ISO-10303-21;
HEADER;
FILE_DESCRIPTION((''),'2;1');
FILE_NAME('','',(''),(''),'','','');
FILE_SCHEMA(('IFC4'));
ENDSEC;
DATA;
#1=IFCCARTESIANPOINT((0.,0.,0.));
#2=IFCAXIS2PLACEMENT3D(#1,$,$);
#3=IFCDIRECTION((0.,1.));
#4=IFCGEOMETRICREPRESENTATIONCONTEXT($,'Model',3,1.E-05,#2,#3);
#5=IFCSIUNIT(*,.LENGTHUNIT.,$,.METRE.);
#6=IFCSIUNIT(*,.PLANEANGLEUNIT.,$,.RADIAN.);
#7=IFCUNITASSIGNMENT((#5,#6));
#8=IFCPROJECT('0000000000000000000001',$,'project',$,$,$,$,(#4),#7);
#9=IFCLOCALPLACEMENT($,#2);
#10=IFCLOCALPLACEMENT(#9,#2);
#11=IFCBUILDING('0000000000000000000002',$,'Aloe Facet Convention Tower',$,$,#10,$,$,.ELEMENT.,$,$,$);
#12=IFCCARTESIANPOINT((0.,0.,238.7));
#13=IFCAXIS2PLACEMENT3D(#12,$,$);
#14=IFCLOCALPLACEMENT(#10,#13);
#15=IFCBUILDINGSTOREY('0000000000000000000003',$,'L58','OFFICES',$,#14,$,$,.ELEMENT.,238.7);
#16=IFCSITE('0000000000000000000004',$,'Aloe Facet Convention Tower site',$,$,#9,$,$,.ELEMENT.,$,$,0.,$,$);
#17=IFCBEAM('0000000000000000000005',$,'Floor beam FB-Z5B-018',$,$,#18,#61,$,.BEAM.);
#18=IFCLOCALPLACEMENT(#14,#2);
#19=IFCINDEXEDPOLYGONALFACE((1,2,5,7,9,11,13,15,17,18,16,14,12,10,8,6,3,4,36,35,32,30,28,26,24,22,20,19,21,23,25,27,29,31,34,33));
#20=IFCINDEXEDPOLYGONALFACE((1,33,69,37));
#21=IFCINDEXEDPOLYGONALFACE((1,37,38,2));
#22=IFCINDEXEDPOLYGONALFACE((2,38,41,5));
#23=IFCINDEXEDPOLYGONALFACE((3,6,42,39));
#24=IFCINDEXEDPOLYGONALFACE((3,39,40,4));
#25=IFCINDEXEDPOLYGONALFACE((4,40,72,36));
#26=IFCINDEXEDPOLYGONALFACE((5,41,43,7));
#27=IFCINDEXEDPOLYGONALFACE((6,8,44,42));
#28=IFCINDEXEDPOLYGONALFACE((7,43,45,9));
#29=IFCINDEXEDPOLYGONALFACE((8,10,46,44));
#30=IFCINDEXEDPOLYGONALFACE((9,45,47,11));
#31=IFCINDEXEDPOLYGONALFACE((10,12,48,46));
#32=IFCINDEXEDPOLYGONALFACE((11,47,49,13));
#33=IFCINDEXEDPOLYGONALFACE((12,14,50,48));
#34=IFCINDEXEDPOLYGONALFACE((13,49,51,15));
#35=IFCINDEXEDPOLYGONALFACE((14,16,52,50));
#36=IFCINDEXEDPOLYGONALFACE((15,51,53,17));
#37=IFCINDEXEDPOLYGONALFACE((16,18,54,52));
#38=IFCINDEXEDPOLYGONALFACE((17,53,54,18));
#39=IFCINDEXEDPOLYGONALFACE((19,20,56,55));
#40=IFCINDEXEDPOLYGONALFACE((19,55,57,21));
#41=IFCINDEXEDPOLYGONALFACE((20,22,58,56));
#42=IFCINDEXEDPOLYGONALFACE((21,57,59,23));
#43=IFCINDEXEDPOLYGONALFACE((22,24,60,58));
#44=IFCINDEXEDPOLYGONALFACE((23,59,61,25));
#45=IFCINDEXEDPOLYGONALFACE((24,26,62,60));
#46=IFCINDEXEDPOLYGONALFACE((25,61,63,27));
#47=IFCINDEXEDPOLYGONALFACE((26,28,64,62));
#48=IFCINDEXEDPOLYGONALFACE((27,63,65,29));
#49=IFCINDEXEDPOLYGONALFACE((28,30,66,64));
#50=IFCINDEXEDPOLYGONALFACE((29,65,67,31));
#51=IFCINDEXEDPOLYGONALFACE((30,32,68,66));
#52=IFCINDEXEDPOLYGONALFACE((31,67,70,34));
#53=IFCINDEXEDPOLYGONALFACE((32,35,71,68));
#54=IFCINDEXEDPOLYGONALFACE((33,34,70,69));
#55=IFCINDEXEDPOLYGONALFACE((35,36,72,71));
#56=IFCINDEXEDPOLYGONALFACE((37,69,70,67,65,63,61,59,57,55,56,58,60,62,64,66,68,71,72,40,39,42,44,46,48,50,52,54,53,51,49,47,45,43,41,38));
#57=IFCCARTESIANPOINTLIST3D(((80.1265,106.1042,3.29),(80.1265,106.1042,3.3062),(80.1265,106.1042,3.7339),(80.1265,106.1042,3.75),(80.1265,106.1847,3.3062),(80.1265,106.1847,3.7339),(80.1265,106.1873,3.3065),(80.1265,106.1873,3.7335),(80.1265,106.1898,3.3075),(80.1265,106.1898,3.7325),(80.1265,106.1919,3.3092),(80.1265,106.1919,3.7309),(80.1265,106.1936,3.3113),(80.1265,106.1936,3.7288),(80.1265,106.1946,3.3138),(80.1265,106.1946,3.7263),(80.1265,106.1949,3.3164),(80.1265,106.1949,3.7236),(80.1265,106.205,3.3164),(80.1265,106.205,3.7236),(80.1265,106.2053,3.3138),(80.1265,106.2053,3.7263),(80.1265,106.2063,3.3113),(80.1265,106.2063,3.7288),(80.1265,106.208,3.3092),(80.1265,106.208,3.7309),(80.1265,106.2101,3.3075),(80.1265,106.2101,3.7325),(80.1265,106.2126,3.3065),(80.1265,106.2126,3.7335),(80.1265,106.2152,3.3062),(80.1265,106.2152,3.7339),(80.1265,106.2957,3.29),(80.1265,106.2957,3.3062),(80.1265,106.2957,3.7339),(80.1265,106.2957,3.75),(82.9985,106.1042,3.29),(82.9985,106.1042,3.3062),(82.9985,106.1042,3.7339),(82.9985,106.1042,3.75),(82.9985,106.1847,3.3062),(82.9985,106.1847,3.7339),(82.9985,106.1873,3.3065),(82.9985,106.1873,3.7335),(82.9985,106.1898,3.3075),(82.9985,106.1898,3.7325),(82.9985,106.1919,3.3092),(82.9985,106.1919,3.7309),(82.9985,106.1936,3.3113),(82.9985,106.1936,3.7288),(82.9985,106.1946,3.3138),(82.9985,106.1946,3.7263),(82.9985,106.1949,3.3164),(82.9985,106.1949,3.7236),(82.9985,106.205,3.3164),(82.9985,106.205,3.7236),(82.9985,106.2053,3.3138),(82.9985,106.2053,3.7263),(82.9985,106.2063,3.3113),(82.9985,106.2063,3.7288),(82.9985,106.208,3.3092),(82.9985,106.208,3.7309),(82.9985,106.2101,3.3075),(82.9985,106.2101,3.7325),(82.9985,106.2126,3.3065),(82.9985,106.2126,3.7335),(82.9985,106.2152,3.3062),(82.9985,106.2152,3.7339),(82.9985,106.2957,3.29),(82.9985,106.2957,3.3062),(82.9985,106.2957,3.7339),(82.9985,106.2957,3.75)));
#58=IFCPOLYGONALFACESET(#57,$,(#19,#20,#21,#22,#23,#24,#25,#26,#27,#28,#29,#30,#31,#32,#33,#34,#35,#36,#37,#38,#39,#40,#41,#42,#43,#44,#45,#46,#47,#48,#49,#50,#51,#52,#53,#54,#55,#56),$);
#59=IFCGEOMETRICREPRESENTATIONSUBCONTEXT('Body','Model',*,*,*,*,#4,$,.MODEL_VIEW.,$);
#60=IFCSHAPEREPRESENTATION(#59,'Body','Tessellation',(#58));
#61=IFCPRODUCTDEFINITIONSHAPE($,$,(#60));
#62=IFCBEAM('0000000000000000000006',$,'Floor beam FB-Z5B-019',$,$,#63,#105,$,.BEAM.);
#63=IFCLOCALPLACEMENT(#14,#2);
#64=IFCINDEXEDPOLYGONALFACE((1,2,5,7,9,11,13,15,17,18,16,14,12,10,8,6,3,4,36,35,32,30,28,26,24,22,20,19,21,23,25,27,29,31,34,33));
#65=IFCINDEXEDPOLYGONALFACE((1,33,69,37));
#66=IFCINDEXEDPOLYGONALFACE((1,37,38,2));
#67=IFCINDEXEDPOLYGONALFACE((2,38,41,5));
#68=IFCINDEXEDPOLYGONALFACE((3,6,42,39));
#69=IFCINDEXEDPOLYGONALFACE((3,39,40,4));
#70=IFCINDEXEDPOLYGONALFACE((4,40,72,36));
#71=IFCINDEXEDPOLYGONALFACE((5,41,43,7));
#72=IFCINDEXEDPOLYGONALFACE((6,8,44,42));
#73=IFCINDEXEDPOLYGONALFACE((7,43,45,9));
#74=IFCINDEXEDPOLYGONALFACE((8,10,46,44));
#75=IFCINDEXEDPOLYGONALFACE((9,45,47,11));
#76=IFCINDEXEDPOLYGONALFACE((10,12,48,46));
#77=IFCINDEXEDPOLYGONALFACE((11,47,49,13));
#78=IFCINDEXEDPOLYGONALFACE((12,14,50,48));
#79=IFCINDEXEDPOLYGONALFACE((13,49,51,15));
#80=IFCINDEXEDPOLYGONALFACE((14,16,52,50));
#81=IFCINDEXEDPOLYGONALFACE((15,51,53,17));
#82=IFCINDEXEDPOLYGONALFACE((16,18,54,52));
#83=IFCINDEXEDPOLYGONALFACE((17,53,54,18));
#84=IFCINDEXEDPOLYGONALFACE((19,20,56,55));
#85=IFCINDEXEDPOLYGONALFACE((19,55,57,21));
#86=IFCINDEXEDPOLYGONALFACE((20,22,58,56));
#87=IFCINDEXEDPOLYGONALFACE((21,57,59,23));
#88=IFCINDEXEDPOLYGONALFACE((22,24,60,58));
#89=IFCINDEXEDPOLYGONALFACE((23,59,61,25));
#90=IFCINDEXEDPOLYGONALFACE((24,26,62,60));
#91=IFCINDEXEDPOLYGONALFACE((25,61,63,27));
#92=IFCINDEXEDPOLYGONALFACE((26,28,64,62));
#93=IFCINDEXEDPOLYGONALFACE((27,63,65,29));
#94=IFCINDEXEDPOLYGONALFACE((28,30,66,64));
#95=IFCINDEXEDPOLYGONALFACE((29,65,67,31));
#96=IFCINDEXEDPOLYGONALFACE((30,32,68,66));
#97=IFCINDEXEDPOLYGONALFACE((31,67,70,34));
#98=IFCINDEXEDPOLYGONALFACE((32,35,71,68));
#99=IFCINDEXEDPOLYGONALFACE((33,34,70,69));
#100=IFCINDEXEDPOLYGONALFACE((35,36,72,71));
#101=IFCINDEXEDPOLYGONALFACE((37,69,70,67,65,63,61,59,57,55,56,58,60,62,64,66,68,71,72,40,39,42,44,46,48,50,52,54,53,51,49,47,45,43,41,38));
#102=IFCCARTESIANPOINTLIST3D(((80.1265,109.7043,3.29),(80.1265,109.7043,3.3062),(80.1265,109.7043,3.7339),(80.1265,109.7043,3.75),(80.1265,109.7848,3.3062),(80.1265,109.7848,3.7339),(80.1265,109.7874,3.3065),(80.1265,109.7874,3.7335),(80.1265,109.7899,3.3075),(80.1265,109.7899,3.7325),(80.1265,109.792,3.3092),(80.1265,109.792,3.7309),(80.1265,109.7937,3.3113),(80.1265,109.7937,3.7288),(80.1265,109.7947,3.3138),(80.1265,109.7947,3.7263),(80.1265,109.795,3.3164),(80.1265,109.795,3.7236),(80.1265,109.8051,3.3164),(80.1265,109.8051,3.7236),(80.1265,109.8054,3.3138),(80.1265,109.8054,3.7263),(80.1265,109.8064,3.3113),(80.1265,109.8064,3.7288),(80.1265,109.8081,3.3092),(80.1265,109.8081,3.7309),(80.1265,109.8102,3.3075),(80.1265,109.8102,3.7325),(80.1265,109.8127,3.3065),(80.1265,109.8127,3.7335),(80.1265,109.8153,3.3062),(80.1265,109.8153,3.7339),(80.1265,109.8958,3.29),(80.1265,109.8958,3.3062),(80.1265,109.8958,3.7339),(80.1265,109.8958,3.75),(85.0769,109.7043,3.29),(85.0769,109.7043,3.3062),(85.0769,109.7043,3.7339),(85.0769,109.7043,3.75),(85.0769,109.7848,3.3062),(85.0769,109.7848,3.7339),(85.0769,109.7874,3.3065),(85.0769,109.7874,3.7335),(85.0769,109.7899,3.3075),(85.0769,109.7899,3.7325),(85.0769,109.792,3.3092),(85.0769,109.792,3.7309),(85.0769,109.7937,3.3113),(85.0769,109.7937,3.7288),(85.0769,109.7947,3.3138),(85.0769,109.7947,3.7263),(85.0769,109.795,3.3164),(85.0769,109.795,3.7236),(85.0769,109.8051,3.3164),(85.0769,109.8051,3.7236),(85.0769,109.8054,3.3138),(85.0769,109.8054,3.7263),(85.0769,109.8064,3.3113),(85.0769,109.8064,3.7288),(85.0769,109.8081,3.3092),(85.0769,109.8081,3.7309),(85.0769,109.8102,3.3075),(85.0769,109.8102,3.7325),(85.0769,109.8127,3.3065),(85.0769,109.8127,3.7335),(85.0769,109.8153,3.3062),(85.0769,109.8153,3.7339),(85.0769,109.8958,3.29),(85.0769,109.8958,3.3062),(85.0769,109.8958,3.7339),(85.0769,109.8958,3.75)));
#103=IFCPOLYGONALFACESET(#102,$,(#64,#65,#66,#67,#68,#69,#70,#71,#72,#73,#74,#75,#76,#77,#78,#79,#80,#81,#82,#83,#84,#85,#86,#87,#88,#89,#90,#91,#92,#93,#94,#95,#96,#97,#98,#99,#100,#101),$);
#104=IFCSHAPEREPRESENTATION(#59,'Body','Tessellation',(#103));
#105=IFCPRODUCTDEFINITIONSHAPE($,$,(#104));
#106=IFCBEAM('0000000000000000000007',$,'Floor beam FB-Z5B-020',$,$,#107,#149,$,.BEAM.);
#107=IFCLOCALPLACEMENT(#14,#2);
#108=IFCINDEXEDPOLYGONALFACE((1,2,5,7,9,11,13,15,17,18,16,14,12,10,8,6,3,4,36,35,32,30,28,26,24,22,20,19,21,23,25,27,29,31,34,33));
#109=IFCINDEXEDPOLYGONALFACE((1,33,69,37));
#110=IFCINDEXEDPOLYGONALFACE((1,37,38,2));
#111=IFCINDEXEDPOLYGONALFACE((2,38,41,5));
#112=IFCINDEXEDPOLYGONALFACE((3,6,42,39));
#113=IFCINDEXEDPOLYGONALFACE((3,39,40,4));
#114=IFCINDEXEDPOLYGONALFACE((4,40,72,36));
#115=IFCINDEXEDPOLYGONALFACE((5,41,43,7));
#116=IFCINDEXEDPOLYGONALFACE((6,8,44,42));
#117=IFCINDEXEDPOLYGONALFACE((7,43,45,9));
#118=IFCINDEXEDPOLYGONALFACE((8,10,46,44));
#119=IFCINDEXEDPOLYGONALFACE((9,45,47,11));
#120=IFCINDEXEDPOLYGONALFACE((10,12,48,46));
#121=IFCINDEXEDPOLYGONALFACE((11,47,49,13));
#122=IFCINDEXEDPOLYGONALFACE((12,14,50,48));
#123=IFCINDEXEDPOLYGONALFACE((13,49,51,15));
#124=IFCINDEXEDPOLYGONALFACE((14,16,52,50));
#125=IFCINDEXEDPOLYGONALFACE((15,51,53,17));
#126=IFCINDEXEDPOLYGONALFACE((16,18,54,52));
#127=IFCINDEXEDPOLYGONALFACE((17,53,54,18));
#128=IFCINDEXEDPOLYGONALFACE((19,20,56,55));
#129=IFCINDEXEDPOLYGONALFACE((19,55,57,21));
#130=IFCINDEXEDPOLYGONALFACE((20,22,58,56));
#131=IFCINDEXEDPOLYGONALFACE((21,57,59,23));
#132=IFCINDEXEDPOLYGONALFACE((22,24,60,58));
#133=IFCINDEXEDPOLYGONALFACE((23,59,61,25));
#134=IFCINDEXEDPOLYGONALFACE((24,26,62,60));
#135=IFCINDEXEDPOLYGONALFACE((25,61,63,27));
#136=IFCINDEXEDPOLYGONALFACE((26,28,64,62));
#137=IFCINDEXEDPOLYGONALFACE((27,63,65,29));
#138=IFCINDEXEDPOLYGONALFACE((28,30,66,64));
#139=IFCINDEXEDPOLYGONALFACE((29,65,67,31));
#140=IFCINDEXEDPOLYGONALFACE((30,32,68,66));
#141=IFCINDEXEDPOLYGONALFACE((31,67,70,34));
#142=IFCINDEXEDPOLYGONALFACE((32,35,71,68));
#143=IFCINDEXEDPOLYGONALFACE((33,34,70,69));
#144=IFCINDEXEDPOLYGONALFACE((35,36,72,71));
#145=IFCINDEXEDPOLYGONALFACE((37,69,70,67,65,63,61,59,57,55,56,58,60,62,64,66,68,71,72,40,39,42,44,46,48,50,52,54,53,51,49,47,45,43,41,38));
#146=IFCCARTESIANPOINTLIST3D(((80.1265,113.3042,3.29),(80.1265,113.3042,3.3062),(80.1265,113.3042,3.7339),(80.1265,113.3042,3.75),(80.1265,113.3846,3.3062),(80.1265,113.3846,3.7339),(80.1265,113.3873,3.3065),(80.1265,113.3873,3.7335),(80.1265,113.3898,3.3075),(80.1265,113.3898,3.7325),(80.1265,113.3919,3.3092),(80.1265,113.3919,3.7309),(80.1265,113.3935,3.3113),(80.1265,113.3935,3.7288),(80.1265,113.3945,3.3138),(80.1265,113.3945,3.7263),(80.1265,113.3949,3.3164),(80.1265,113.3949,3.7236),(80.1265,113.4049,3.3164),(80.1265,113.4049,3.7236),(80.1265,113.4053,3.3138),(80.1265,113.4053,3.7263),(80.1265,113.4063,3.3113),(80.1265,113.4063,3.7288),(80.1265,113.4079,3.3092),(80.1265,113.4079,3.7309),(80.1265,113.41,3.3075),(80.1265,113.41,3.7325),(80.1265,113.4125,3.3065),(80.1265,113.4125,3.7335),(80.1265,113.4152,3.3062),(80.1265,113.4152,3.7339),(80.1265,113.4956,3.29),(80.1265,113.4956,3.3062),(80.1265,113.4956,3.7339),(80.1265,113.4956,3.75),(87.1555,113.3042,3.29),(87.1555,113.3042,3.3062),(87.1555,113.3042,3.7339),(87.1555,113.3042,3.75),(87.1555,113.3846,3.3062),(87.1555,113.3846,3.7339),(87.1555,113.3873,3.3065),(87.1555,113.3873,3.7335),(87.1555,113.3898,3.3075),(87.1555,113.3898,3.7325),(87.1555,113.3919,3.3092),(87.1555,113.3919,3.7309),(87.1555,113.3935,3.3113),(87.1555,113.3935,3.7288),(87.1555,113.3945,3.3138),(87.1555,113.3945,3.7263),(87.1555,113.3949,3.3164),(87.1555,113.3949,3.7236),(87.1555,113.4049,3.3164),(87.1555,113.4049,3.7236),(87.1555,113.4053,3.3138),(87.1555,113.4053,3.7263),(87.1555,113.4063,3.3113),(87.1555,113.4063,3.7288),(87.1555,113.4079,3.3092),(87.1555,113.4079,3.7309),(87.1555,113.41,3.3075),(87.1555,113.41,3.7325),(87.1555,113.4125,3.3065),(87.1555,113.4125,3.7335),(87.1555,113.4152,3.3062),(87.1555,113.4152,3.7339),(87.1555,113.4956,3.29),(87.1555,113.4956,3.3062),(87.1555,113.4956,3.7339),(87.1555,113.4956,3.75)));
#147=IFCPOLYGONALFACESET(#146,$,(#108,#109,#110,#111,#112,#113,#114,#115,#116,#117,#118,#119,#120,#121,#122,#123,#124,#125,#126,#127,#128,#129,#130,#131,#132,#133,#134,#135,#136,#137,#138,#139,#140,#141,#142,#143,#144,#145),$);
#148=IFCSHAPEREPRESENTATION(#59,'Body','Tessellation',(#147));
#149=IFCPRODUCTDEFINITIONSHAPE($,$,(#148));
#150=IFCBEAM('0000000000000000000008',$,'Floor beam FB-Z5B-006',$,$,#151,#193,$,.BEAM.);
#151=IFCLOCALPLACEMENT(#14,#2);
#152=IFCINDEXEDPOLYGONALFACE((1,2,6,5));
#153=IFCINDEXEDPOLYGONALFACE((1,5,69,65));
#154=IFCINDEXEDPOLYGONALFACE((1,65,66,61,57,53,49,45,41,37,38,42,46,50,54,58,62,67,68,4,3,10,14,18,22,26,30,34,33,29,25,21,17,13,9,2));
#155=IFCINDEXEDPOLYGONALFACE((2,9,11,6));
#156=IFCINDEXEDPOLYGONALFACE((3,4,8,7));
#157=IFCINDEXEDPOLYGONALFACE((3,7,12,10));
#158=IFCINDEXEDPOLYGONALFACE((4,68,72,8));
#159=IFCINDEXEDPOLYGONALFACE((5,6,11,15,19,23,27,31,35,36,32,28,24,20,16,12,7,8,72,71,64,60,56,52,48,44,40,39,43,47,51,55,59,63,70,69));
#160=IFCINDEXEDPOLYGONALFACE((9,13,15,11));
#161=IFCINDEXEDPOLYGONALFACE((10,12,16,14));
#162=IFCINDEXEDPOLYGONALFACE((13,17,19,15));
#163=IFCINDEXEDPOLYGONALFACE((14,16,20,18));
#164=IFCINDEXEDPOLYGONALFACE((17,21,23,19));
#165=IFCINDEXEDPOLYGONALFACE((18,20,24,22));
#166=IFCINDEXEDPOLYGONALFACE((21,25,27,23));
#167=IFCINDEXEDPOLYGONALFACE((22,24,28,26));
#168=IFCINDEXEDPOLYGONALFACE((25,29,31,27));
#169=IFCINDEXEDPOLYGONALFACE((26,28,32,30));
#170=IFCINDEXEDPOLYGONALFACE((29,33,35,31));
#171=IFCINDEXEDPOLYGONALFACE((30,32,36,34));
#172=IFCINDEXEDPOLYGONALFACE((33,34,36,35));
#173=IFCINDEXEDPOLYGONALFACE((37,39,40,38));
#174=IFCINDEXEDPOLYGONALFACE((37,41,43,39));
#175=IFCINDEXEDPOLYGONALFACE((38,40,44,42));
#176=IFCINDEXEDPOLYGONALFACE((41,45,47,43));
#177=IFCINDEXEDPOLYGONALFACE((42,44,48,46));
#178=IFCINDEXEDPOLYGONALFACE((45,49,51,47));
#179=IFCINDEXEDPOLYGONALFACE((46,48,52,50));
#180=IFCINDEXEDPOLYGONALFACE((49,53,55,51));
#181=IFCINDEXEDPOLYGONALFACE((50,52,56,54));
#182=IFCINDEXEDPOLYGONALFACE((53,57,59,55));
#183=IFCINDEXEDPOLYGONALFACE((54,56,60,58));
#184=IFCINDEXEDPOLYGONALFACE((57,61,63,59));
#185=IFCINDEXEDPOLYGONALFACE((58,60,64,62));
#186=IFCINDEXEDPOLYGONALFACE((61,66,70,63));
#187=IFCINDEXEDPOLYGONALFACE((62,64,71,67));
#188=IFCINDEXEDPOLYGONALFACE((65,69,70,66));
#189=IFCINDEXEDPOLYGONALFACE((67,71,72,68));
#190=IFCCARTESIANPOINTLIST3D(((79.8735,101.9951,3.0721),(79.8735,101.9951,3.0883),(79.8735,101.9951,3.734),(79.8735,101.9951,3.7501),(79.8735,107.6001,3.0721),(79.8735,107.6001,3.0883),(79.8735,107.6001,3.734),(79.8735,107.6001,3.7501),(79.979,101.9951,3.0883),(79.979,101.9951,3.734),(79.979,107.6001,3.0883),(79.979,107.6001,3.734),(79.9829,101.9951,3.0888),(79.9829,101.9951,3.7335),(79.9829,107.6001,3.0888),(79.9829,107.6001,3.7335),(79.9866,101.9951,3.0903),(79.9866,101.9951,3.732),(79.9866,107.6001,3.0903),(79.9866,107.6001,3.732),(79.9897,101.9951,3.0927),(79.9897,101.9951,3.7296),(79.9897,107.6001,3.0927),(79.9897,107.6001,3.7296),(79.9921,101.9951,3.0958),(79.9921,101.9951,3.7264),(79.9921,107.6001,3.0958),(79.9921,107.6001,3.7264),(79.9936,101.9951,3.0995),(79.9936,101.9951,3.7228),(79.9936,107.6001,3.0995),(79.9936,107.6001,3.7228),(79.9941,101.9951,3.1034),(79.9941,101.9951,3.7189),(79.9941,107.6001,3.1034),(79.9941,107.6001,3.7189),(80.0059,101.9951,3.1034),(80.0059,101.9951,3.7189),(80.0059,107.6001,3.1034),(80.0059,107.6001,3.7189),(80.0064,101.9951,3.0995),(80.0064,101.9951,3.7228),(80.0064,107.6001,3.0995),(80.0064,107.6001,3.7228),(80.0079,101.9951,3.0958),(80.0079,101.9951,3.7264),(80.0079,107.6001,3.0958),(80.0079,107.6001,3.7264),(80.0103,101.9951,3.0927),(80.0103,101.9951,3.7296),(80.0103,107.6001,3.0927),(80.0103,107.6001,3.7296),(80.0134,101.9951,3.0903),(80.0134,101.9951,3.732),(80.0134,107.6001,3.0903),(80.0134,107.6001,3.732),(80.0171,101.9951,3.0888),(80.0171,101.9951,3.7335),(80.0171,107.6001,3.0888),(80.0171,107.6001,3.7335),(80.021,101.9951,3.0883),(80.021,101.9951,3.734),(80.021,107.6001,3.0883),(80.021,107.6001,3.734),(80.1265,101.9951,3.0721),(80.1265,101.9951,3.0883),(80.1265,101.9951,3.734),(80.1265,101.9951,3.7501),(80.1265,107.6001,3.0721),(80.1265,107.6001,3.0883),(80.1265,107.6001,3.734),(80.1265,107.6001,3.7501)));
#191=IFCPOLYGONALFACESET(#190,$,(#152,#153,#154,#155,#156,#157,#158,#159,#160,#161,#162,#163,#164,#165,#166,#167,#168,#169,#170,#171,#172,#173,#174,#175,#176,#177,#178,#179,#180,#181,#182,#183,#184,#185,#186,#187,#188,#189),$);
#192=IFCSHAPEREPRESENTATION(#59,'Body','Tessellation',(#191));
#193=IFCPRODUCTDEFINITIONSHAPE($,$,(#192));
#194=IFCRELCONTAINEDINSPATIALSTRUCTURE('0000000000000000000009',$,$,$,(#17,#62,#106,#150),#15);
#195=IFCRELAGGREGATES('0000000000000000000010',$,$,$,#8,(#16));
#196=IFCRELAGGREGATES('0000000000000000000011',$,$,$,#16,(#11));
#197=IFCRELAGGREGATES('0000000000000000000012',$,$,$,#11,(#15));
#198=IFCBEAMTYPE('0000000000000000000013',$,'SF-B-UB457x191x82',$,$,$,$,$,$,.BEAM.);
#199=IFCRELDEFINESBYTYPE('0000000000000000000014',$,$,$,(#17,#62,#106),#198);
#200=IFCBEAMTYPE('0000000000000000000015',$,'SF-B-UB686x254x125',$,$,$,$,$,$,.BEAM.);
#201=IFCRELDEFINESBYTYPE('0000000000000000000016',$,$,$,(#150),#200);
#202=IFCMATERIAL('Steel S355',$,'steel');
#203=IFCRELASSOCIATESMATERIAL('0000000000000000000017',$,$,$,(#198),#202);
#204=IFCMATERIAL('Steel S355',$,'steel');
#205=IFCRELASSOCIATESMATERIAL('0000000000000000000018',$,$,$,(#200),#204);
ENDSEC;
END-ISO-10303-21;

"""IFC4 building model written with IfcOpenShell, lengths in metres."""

from ifc_helpers import new_model, si_unit, direction, frame, origin, origin_2d, place, context, subcontext, project, spatial, i_section, extrude, material, material_profile, profile_set, type_object, element, save


model = new_model("IFC4")

# Units and contexts
model_context = context("Model", 3, precision=1e-05, world=origin(), true_north=direction((0.0, 1.0)))
body_context = subcontext(model_context, "Body", "Model", "MODEL_VIEW")
ifc_project = project(units=[si_unit("LENGTHUNIT", "METRE"), si_unit("PLANEANGLEUNIT", "RADIAN")], contexts=[model_context])

# Site, building, storey
site_placement = place(None, origin())
site = spatial("IfcSite", under=ifc_project, at=site_placement, Name="Aloe Facet Convention Tower site", CompositionType="ELEMENT", RefElevation=0.0)
building_placement = place(site_placement, origin())
building = spatial("IfcBuilding", under=site, at=building_placement, Name="Aloe Facet Convention Tower", CompositionType="ELEMENT")
storey_placement = place(building_placement, frame((0.0, 0.0, 238.7)))
storey = spatial("IfcBuildingStorey", under=building, at=storey_placement, Name="L58", Description="OFFICES", CompositionType="ELEMENT", Elevation=238.7)

# Beams
ifc_material_1 = material(Name="Steel S355", Category="steel")
ifc_material_profile_1 = material_profile(ifc_material_1, i_section(OverallWidth=0.1914, OverallDepth=0.46, WebThickness=0.01, FlangeThickness=0.0161, FilletRadius=0.0103, at=origin_2d()), Name="UB 457x191x82")
ifc_profile_set_1 = profile_set([ifc_material_profile_1], Name="Steel S355")
beam_type_1 = type_object("IfcBeamType", Name="SF-B-UB457x191x82", PredefinedType="BEAM", material=ifc_profile_set_1)
for number, where, z_axis, x_axis, name in (
    (1, (80.1265, 106.2, 3.52), (1.0, 0.0, 0.0), (0.0, 1.0, 0.0), "Floor beam FB-Z5B-018"),
):
    element("IfcBeam", number, at=place(storey_placement, frame(where, z_axis=z_axis, x_axis=x_axis)), inside=storey, type_object=beam_type_1, Name=name, PredefinedType="BEAM", context=body_context, shape_type="SweptSolid", body=[
        extrude(i_section(OverallWidth=0.1914, OverallDepth=0.46, WebThickness=0.01, FlangeThickness=0.0161, FilletRadius=0.0103, at=origin_2d()), origin(), (0.0, 0.0, 1.0), 2.8721),
    ])
beam_1_placement = place(storey_placement, frame((80.1265, 109.8, 3.52), z_axis=(1.0, 0.0, 0.0), x_axis=(0.0, 1.0, 0.0)))
element("IfcBeam", 2, at=beam_1_placement, inside=storey, type_object=beam_type_1, Name="Floor beam FB-Z5B-019", PredefinedType="BEAM", context=body_context, shape_type="SweptSolid", body=[
    extrude(i_section(OverallWidth=0.1914, OverallDepth=0.46, WebThickness=0.01, FlangeThickness=0.0161, FilletRadius=0.0103, at=origin_2d()), origin(), (0.0, 0.0, 1.0), 4.9504),
])
beam_2_placement = place(storey_placement, frame((80.1265, 113.3999, 3.52), z_axis=(1.0, 0.0, 0.0), x_axis=(0.0, 1.0, 0.0)))
element("IfcBeam", 3, at=beam_2_placement, inside=storey, type_object=beam_type_1, Name="Floor beam FB-Z5B-020", PredefinedType="BEAM", context=body_context, shape_type="SweptSolid", body=[
    extrude(i_section(OverallWidth=0.1914, OverallDepth=0.46, WebThickness=0.01, FlangeThickness=0.0161, FilletRadius=0.0103, at=origin_2d()), origin(), (0.0, 0.0, 1.0), 7.0291),
])
ifc_material_2 = material(Name="Steel S355", Category="steel")
ifc_material_profile_2 = material_profile(ifc_material_2, i_section(OverallWidth=0.2529, OverallDepth=0.678, WebThickness=0.0117, FlangeThickness=0.0161, FilletRadius=0.0151, at=origin_2d()), Name="UB 686x254x125")
ifc_profile_set_2 = profile_set([ifc_material_profile_2], Name="Steel S355")
beam_type_2 = type_object("IfcBeamType", Name="SF-B-UB686x254x125", PredefinedType="BEAM", material=ifc_profile_set_2)
beam_3_placement = place(storey_placement, frame((80.0, 107.6001, 3.4111), z_axis=(0.0, -1.0, 0.0), x_axis=(1.0, 0.0, 0.0)))
element("IfcBeam", 4, at=beam_3_placement, inside=storey, type_object=beam_type_2, Name="Floor beam FB-Z5B-006", PredefinedType="BEAM", context=body_context, shape_type="SweptSolid", body=[
    extrude(i_section(OverallWidth=0.2529, OverallDepth=0.678, WebThickness=0.0117, FlangeThickness=0.0161, FilletRadius=0.0151, at=origin_2d()), origin(), (0.0, 0.0, 1.0), 5.605),
])

save(model, "model.ifc")
